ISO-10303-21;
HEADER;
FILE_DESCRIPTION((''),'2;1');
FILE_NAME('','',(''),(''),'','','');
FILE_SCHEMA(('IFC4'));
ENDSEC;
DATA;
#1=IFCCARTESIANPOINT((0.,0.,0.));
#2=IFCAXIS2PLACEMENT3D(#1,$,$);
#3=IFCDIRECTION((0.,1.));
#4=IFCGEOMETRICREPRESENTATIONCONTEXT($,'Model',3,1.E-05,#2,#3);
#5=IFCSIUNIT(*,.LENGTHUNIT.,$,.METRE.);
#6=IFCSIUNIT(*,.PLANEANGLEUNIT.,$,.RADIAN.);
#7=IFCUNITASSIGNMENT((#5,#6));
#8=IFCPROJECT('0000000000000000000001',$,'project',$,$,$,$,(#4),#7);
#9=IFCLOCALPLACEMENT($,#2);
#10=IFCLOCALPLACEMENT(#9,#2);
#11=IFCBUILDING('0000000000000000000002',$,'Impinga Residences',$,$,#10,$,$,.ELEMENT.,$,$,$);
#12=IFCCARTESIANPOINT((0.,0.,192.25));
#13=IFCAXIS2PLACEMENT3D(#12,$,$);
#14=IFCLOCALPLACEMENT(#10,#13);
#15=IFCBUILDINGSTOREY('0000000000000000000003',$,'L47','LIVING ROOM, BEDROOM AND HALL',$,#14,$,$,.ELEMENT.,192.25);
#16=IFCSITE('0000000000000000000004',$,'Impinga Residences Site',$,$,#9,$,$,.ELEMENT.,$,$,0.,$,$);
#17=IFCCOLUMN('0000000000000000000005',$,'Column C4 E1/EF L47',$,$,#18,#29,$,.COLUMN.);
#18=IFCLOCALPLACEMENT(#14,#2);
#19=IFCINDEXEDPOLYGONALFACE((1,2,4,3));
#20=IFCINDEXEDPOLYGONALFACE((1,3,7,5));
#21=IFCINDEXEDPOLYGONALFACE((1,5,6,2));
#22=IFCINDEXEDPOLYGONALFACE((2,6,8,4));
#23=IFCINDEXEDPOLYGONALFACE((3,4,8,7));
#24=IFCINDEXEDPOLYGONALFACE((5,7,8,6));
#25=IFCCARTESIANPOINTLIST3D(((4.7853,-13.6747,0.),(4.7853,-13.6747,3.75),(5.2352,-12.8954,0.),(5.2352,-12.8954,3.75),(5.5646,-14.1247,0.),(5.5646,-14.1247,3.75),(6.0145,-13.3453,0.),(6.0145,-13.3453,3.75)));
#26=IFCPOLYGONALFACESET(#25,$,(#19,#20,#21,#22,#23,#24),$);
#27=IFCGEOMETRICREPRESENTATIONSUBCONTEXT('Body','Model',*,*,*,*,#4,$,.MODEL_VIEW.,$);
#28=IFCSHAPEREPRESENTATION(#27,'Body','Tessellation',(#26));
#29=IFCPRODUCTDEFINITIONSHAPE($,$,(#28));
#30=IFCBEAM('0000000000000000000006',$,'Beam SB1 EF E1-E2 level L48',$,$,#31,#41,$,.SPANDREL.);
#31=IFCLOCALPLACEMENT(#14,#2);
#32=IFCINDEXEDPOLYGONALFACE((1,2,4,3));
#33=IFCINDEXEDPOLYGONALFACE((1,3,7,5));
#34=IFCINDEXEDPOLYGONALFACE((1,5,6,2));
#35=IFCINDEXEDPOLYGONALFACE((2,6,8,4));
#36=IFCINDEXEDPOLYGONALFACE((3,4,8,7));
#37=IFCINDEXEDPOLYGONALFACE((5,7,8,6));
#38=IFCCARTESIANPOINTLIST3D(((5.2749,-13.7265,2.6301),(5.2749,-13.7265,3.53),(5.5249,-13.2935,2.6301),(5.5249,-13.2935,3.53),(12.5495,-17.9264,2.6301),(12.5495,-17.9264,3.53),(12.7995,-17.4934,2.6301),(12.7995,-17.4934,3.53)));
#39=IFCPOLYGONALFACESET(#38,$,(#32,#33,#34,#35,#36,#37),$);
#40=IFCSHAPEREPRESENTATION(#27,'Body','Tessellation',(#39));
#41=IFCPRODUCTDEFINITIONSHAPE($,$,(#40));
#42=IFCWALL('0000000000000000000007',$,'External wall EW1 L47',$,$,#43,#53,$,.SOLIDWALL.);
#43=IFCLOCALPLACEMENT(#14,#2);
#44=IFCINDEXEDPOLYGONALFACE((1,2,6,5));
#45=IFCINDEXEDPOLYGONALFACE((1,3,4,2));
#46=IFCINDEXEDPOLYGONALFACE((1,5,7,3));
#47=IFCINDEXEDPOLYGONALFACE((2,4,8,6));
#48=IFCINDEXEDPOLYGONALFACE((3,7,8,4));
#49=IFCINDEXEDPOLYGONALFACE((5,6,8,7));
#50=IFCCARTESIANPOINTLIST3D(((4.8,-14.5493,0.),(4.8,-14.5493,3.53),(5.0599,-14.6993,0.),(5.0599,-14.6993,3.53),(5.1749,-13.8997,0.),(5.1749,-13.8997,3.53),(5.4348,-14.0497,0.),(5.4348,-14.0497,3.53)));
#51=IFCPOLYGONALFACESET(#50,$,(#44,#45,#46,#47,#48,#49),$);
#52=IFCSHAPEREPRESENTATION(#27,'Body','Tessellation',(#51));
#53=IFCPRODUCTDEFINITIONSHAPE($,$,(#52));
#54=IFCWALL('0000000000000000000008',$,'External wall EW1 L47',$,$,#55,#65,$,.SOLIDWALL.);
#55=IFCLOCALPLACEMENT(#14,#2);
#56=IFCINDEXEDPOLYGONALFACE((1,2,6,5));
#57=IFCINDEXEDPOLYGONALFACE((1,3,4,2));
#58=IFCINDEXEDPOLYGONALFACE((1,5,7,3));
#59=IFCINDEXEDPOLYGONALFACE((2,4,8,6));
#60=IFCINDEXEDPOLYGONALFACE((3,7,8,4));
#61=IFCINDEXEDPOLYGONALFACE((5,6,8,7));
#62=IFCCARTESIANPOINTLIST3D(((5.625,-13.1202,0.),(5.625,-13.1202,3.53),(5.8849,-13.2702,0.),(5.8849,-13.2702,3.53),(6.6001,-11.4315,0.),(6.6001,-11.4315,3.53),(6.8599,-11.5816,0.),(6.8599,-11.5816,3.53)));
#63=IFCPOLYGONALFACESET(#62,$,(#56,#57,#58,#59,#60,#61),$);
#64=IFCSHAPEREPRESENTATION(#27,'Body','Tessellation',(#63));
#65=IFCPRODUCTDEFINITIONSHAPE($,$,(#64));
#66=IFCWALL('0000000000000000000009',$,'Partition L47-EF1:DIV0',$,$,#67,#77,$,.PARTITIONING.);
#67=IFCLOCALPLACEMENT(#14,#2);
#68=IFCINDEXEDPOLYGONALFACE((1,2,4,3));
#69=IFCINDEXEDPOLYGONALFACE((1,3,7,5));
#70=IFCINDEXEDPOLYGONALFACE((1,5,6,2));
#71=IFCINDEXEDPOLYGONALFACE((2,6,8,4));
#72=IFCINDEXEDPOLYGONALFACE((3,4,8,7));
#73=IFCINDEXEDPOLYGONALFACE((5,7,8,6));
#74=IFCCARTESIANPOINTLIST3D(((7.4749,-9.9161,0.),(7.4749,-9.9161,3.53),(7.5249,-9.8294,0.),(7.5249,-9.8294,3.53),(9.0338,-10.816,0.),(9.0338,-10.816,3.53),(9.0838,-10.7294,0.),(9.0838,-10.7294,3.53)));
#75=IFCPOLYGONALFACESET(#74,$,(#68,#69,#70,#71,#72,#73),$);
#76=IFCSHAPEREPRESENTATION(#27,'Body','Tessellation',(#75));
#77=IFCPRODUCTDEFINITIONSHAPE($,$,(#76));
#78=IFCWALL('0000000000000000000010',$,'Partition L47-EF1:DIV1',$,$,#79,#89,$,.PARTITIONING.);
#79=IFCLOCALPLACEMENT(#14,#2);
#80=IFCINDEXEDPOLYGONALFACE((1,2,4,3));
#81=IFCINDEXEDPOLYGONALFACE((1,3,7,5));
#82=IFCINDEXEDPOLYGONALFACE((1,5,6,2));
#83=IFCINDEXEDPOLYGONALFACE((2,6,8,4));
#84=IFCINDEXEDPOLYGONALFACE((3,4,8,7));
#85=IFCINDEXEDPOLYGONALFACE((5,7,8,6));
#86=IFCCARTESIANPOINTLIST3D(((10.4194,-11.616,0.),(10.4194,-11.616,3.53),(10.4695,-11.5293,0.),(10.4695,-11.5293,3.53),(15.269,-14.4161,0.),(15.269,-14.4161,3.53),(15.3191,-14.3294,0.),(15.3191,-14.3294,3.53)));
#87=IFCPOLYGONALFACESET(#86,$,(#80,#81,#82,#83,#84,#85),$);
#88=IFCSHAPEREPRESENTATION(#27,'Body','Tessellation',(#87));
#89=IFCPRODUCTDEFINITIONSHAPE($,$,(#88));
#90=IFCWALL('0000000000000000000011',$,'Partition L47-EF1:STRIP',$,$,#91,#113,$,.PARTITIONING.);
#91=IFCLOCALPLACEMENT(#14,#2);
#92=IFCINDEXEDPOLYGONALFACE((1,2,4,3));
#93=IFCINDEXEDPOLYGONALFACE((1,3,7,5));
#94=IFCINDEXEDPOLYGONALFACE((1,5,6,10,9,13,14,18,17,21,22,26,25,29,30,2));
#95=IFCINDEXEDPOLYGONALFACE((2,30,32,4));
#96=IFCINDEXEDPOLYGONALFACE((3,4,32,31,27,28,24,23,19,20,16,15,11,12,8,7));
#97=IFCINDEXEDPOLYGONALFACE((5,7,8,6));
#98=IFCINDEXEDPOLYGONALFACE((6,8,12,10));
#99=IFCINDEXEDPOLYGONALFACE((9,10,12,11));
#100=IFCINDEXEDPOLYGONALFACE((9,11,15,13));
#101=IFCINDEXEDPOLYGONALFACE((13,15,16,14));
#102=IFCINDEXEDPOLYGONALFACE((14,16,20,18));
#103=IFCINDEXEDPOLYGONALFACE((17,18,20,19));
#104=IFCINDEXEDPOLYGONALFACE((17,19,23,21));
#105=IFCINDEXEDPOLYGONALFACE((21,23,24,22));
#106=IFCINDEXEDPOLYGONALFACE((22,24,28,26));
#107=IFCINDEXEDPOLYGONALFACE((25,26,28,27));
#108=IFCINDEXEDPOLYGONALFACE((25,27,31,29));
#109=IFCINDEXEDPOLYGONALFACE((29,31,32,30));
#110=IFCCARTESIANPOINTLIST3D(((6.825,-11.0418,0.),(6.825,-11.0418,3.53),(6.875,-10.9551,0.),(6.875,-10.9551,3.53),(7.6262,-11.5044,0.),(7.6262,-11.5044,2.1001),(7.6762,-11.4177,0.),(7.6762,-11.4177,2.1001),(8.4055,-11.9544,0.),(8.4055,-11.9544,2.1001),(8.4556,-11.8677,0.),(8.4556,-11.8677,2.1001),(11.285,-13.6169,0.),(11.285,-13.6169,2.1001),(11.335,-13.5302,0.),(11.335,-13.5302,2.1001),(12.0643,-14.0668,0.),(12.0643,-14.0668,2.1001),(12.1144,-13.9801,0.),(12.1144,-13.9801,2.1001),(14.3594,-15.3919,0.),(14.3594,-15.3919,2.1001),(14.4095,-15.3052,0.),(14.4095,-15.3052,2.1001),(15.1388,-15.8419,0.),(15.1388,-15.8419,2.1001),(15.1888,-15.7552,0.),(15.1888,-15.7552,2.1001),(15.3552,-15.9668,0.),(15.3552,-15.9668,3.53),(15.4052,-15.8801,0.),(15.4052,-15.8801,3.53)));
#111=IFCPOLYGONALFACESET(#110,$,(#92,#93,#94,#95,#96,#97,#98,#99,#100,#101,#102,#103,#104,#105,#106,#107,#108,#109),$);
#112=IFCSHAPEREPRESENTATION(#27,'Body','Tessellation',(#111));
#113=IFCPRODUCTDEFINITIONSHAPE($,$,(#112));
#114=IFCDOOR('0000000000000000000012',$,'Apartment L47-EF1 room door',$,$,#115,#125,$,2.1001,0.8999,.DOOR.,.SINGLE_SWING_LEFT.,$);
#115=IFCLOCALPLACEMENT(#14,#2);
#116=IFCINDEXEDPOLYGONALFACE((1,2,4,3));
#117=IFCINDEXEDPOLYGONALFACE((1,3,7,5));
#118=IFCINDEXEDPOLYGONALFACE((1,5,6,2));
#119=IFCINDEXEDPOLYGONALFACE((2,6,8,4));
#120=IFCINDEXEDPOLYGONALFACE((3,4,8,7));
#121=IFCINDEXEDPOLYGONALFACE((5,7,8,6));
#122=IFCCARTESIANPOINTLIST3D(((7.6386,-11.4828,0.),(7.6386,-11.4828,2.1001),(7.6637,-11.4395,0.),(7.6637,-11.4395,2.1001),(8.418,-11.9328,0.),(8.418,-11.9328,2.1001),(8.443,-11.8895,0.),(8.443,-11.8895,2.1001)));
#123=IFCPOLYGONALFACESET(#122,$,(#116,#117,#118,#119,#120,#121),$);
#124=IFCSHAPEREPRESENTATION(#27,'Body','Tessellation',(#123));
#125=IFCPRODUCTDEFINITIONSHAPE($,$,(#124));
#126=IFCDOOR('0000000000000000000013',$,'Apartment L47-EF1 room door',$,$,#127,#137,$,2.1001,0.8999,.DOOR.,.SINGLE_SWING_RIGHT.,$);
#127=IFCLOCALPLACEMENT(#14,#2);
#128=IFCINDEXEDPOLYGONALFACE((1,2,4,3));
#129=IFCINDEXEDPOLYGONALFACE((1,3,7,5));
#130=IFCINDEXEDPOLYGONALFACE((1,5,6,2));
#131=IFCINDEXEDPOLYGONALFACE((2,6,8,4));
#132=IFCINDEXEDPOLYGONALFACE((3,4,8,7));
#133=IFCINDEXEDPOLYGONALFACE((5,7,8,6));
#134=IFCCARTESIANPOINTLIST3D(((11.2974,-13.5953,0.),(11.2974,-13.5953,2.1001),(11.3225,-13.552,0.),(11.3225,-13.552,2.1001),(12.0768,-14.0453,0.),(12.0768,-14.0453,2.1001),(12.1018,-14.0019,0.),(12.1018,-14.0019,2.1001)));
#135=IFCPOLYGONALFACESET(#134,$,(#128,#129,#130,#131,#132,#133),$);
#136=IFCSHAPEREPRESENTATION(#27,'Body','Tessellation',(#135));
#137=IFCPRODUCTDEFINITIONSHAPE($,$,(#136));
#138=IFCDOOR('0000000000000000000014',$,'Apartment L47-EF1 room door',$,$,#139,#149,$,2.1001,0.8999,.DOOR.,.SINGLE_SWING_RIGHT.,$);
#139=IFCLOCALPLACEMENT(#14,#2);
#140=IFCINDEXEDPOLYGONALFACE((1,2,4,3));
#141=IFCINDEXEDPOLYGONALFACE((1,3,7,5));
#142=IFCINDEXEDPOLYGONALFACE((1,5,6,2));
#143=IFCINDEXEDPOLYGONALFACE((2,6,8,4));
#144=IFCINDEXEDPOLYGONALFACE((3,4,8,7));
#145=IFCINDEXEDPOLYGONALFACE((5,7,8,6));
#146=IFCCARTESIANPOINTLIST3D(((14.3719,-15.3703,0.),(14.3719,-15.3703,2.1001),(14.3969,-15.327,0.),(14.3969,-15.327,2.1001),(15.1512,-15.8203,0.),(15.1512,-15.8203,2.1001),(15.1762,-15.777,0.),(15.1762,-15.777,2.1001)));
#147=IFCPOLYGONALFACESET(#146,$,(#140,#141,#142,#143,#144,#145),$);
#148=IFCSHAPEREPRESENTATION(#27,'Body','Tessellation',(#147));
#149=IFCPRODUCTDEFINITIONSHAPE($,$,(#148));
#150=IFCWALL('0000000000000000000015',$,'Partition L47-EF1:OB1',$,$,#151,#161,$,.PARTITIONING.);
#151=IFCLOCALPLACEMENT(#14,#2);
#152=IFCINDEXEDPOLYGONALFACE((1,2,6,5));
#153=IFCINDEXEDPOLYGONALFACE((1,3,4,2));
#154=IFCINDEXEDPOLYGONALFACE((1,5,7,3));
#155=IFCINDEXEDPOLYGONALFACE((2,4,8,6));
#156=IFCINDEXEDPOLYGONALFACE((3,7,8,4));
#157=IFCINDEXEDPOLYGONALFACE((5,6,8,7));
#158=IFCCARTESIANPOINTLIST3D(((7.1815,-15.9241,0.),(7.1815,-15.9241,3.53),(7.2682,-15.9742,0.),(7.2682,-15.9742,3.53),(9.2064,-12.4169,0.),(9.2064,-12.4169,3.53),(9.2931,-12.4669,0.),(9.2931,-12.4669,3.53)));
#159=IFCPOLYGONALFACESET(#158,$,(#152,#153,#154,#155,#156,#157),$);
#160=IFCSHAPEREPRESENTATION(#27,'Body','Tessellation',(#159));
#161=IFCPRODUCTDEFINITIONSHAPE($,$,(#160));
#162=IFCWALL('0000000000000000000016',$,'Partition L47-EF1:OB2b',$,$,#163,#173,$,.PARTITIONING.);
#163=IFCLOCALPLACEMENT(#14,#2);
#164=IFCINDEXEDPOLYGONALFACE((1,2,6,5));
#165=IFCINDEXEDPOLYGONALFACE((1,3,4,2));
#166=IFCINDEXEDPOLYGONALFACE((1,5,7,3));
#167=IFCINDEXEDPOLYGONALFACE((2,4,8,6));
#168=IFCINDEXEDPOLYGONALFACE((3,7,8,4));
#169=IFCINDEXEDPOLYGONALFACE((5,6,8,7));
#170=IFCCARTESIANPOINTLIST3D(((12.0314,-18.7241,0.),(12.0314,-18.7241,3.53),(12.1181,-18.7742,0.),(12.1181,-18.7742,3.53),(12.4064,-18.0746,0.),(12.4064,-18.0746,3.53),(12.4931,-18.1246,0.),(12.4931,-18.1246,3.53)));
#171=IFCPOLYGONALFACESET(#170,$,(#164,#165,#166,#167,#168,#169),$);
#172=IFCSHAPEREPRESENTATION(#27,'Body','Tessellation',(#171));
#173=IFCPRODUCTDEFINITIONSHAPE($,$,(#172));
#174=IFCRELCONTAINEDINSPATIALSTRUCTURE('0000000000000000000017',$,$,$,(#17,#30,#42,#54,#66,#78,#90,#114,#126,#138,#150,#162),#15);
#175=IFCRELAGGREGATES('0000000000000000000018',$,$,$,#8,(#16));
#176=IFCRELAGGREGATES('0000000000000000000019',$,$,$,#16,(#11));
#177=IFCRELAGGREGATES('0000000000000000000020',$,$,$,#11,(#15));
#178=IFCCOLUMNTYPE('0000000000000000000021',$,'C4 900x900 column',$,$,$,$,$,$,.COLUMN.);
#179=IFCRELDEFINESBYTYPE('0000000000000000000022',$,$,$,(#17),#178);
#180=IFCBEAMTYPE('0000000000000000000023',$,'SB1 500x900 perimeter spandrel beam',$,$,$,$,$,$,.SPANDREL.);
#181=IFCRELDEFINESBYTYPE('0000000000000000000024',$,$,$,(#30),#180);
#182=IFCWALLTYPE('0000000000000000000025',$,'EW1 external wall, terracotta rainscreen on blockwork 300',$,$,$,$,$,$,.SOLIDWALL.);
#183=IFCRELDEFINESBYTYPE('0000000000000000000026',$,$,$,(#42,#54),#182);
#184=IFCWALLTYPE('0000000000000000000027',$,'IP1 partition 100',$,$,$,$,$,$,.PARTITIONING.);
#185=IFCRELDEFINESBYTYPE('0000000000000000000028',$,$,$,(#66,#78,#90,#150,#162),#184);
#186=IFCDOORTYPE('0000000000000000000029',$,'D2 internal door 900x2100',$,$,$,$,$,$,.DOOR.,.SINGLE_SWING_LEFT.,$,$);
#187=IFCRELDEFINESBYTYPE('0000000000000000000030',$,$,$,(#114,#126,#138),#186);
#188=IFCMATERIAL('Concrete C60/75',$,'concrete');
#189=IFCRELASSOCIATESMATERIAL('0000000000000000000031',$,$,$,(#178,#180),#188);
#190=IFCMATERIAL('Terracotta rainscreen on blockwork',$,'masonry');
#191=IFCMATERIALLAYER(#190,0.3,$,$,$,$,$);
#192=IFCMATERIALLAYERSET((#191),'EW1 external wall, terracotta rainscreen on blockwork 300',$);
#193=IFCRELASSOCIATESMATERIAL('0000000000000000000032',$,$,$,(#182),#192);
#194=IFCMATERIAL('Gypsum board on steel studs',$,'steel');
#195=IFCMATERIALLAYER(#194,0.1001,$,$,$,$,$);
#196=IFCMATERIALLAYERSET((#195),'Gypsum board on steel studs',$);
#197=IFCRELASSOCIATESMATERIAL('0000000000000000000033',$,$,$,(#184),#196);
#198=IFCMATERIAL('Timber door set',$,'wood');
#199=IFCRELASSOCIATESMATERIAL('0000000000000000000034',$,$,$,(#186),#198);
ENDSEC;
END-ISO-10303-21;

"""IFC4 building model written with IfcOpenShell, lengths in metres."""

from ifc_helpers import new_model, si_unit, direction, frame, frame_2d, origin, origin_2d, place, context, subcontext, project, spatial, rectangle, extrude, material, layer, layer_set, material_profile, profile_set, type_object, element, fill, save


model = new_model("IFC4")

# Units and contexts
model_context = context("Model", 3, precision=1e-05, world=origin(), true_north=direction((0.0, 1.0)))
body_context = subcontext(model_context, "Body", "Model", "MODEL_VIEW")
ifc_project = project(units=[si_unit("LENGTHUNIT", "METRE"), si_unit("PLANEANGLEUNIT", "RADIAN")], contexts=[model_context])

# Site, building, storey
site_placement = place(None, origin())
site = spatial("IfcSite", under=ifc_project, at=site_placement, Name="Impinga Residences Site", CompositionType="ELEMENT", RefElevation=0.0)
building_placement = place(site_placement, origin())
building = spatial("IfcBuilding", under=site, at=building_placement, Name="Impinga Residences", CompositionType="ELEMENT")
storey_placement = place(building_placement, frame((0.0, 0.0, 192.25)))
storey = spatial("IfcBuildingStorey", under=building, at=storey_placement, Name="L47", Description="LIVING ROOM, BEDROOM AND HALL", CompositionType="ELEMENT", Elevation=192.25)

# Column
ifc_material_1 = material(Name="Concrete C60/75", Category="concrete")
ifc_material_profile_1 = material_profile(ifc_material_1, rectangle(XDim=0.8999, YDim=0.8999, at=origin_2d()), Name="RC 900x900")
ifc_profile_set_1 = profile_set([ifc_material_profile_1], Name="Concrete C60/75")
column_type = type_object("IfcColumnType", Name="C4 900x900 column", PredefinedType="COLUMN", material=ifc_profile_set_1)
column_placement = place(storey_placement, frame((5.3999, -13.51, 0.0), z_axis=(0.0, 0.0, 1.0), x_axis=(-0.5, -0.866025, 0.0)))
element("IfcColumn", 1, at=column_placement, inside=storey, type_object=column_type, Name="Column C4 E1/EF L47", PredefinedType="COLUMN", context=body_context, shape_type="SweptSolid", body=[
    extrude(rectangle(XDim=0.8999, YDim=0.8999, at=origin_2d()), origin(), (0.0, 0.0, 1.0), 3.75),
])

# Beam
ifc_material_profile_2 = material_profile(ifc_material_1, rectangle(XDim=0.5, YDim=0.8999, at=origin_2d()), Name="RC 500x900")
ifc_profile_set_2 = profile_set([ifc_material_profile_2], Name="Concrete C60/75")
beam_type = type_object("IfcBeamType", Name="SB1 500x900 perimeter spandrel beam", PredefinedType="SPANDREL", material=ifc_profile_set_2)
beam_placement = place(storey_placement, frame((5.3999, -13.51, 3.0801), z_axis=(0.866029, -0.499993, 0.0), x_axis=(0.499993, 0.866029, 0.0)))
element("IfcBeam", 2, at=beam_placement, inside=storey, type_object=beam_type, Name="Beam SB1 EF E1-E2 level L48", PredefinedType="SPANDREL", context=body_context, shape_type="SweptSolid", body=[
    extrude(rectangle(XDim=0.5, YDim=0.8999, at=origin_2d()), origin(), (0.0, 0.0, 1.0), 8.3999),
])

# Walls
ifc_material_2 = material(Name="Terracotta rainscreen on blockwork", Category="masonry")
ifc_layer_1 = layer(ifc_material_2, 0.3)
ifc_layer_set_1 = layer_set([ifc_layer_1], Name="EW1 external wall, terracotta rainscreen on blockwork 300")
wall_type_1 = type_object("IfcWallType", Name="EW1 external wall, terracotta rainscreen on blockwork 300", PredefinedType="SOLIDWALL", material=ifc_layer_set_1)
wall_1_placement = place(storey_placement, frame((4.9299, -14.6243, 0.0), z_axis=(0.0, 0.0, 1.0), x_axis=(0.49992, 0.866072, 0.0)))
element("IfcWall", 3, at=wall_1_placement, inside=storey, type_object=wall_type_1, Name="External wall EW1 L47", PredefinedType="SOLIDWALL", context=body_context, shape_type="SweptSolid", body=[
    extrude(rectangle(XDim=0.75, YDim=0.3, at=frame_2d((0.375, 0.0))), origin(), (0.0, 0.0, 1.0), 3.53),
])
wall_2_placement = place(storey_placement, frame((5.7549, -13.1953, 0.0), z_axis=(0.0, 0.0, 1.0), x_axis=(0.500044, 0.866, 0.0)))
element("IfcWall", 4, at=wall_2_placement, inside=storey, type_object=wall_type_1, Name="External wall EW1 L47", PredefinedType="SOLIDWALL", context=body_context, shape_type="SweptSolid", body=[
    extrude(rectangle(XDim=1.95, YDim=0.3, at=frame_2d((0.9751, 0.0))), origin(), (0.0, 0.0, 1.0), 3.53),
])
ifc_material_3 = material(Name="Gypsum board on steel studs", Category="steel")
ifc_layer_2 = layer(ifc_material_3, 0.1001)
ifc_layer_set_2 = layer_set([ifc_layer_2], Name="Gypsum board on steel studs")
wall_type_2 = type_object("IfcWallType", Name="IP1 partition 100", PredefinedType="PARTITIONING", material=ifc_layer_set_2)
wall_3_placement = place(storey_placement, frame((7.5, -9.8728, 0.0), z_axis=(0.0, 0.0, 1.0), x_axis=(0.866048, -0.499961, 0.0)))
element("IfcWall", 5, at=wall_3_placement, inside=storey, type_object=wall_type_2, Name="Partition L47-EF1:DIV0", PredefinedType="PARTITIONING", context=body_context, shape_type="SweptSolid", body=[
    extrude(rectangle(XDim=1.8, YDim=0.1001, at=frame_2d((0.8999, 0.0))), origin(), (0.0, 0.0, 1.0), 3.53),
])
wall_4_placement = place(storey_placement, frame((10.4446, -11.5728, 0.0), z_axis=(0.0, 0.0, 1.0), x_axis=(0.866016, -0.500017, 0.0)))
element("IfcWall", 6, at=wall_4_placement, inside=storey, type_object=wall_type_2, Name="Partition L47-EF1:DIV1", PredefinedType="PARTITIONING", context=body_context, shape_type="SweptSolid", body=[
    extrude(rectangle(XDim=5.5999, YDim=0.1001, at=frame_2d((2.7998, 0.0))), origin(), (0.0, 0.0, 1.0), 3.53),
])

# Wall, openings, doors
wall_5_placement = place(storey_placement, frame((6.8501, -10.9985, 0.0), z_axis=(0.0, 0.0, 1.0), x_axis=(0.866021, -0.500007, 0.0)))
wall_5 = element("IfcWall", 7, at=wall_5_placement, inside=storey, type_object=wall_type_2, Name="Partition L47-EF1:STRIP", PredefinedType="PARTITIONING", context=body_context, shape_type="SweptSolid", body=[
    extrude(rectangle(XDim=9.8499, YDim=0.1001, at=frame_2d((4.9248, 0.0))), origin(), (0.0, 0.0, 1.0), 3.53),
])
opening_1_placement = place(wall_5_placement, frame((0.925, 0.0, 0.0)))
opening_1 = element("IfcOpeningElement", 8, at=opening_1_placement, cuts=wall_5, PredefinedType="OPENING", context=body_context, shape_type="SweptSolid", body=[
    extrude(rectangle(XDim=0.8999, YDim=2.1001, at=frame_2d((0.45, 1.05))), frame((0.0, 0.0601, 0.0), z_axis=(0.0, -1.0, 0.0), x_axis=(1.0, 0.0, 0.0)), (0.0, 0.0, 1.0), 0.1201),
])
opening_2_placement = place(wall_5_placement, frame((5.1499, 0.0, 0.0)))
opening_2 = element("IfcOpeningElement", 9, at=opening_2_placement, cuts=wall_5, PredefinedType="OPENING", context=body_context, shape_type="SweptSolid", body=[
    extrude(rectangle(XDim=0.8999, YDim=2.1001, at=frame_2d((0.45, 1.05))), frame((0.0, 0.0601, 0.0), z_axis=(0.0, -1.0, 0.0), x_axis=(1.0, 0.0, 0.0)), (0.0, 0.0, 1.0), 0.1201),
])
opening_3_placement = place(wall_5_placement, frame((8.7, 0.0, 0.0)))
opening_3 = element("IfcOpeningElement", 10, at=opening_3_placement, cuts=wall_5, PredefinedType="OPENING", context=body_context, shape_type="SweptSolid", body=[
    extrude(rectangle(XDim=0.8999, YDim=2.1001, at=frame_2d((0.45, 1.05))), frame((0.0, 0.0601, 0.0), z_axis=(0.0, -1.0, 0.0), x_axis=(1.0, 0.0, 0.0)), (0.0, 0.0, 1.0), 0.1201),
])
ifc_material_4 = material(Name="Timber door set", Category="wood")
door_type = type_object("IfcDoorType", Name="D2 internal door 900x2100", OperationType="SINGLE_SWING_LEFT", PredefinedType="DOOR", material=ifc_material_4)
door_1_placement = place(opening_1_placement, origin())
door_1 = element("IfcDoor", 11, at=door_1_placement, inside=storey, type_object=door_type, Name="Apartment L47-EF1 room door", OperationType="SINGLE_SWING_LEFT", OverallHeight=2.1001, OverallWidth=0.8999, PredefinedType="DOOR", context=body_context, shape_type="SweptSolid", body=[
    extrude(rectangle(XDim=0.8999, YDim=2.1001, at=frame_2d((0.45, 1.05))), frame((0.0, 0.0249, 0.0), z_axis=(0.0, -1.0, 0.0), x_axis=(1.0, 0.0, 0.0)), (0.0, 0.0, 1.0), 0.05),
])
fill(opening_1, door_1)
door_2_placement = place(opening_2_placement, origin())
door_2 = element("IfcDoor", 12, at=door_2_placement, inside=storey, type_object=door_type, Name="Apartment L47-EF1 room door", OperationType="SINGLE_SWING_RIGHT", OverallHeight=2.1001, OverallWidth=0.8999, PredefinedType="DOOR", context=body_context, shape_type="SweptSolid", body=[
    extrude(rectangle(XDim=0.8999, YDim=2.1001, at=frame_2d((0.45, 1.05))), frame((0.0, 0.0249, 0.0), z_axis=(0.0, -1.0, 0.0), x_axis=(1.0, 0.0, 0.0)), (0.0, 0.0, 1.0), 0.05),
])
fill(opening_2, door_2)
door_3_placement = place(opening_3_placement, origin())
door_3 = element("IfcDoor", 13, at=door_3_placement, inside=storey, type_object=door_type, Name="Apartment L47-EF1 room door", OperationType="SINGLE_SWING_RIGHT", OverallHeight=2.1001, OverallWidth=0.8999, PredefinedType="DOOR", context=body_context, shape_type="SweptSolid", body=[
    extrude(rectangle(XDim=0.8999, YDim=2.1001, at=frame_2d((0.45, 1.05))), frame((0.0, 0.0249, 0.0), z_axis=(0.0, -1.0, 0.0), x_axis=(1.0, 0.0, 0.0)), (0.0, 0.0, 1.0), 0.05),
])
fill(opening_3, door_3)

# Walls
wall_6_placement = place(storey_placement, frame((9.2498, -12.4419, 0.0), z_axis=(0.0, 0.0, 1.0), x_axis=(-0.49999, -0.866031, 0.0)))
element("IfcWall", 14, at=wall_6_placement, inside=storey, type_object=wall_type_2, Name="Partition L47-EF1:OB1", PredefinedType="PARTITIONING", context=body_context, shape_type="SweptSolid", body=[
    extrude(rectangle(XDim=4.0498, YDim=0.1001, at=frame_2d((2.0249, 0.0))), origin(), (0.0, 0.0, 1.0), 3.53),
])
wall_7_placement = place(storey_placement, frame((12.4497, -18.0996, 0.0), z_axis=(0.0, 0.0, 1.0), x_axis=(-0.49992, -0.866072, 0.0)))
element("IfcWall", 15, at=wall_7_placement, inside=storey, type_object=wall_type_2, Name="Partition L47-EF1:OB2b", PredefinedType="PARTITIONING", context=body_context, shape_type="SweptSolid", body=[
    extrude(rectangle(XDim=0.75, YDim=0.1001, at=frame_2d((0.375, 0.0))), origin(), (0.0, 0.0, 1.0), 3.53),
])

save(model, "model.ifc")
